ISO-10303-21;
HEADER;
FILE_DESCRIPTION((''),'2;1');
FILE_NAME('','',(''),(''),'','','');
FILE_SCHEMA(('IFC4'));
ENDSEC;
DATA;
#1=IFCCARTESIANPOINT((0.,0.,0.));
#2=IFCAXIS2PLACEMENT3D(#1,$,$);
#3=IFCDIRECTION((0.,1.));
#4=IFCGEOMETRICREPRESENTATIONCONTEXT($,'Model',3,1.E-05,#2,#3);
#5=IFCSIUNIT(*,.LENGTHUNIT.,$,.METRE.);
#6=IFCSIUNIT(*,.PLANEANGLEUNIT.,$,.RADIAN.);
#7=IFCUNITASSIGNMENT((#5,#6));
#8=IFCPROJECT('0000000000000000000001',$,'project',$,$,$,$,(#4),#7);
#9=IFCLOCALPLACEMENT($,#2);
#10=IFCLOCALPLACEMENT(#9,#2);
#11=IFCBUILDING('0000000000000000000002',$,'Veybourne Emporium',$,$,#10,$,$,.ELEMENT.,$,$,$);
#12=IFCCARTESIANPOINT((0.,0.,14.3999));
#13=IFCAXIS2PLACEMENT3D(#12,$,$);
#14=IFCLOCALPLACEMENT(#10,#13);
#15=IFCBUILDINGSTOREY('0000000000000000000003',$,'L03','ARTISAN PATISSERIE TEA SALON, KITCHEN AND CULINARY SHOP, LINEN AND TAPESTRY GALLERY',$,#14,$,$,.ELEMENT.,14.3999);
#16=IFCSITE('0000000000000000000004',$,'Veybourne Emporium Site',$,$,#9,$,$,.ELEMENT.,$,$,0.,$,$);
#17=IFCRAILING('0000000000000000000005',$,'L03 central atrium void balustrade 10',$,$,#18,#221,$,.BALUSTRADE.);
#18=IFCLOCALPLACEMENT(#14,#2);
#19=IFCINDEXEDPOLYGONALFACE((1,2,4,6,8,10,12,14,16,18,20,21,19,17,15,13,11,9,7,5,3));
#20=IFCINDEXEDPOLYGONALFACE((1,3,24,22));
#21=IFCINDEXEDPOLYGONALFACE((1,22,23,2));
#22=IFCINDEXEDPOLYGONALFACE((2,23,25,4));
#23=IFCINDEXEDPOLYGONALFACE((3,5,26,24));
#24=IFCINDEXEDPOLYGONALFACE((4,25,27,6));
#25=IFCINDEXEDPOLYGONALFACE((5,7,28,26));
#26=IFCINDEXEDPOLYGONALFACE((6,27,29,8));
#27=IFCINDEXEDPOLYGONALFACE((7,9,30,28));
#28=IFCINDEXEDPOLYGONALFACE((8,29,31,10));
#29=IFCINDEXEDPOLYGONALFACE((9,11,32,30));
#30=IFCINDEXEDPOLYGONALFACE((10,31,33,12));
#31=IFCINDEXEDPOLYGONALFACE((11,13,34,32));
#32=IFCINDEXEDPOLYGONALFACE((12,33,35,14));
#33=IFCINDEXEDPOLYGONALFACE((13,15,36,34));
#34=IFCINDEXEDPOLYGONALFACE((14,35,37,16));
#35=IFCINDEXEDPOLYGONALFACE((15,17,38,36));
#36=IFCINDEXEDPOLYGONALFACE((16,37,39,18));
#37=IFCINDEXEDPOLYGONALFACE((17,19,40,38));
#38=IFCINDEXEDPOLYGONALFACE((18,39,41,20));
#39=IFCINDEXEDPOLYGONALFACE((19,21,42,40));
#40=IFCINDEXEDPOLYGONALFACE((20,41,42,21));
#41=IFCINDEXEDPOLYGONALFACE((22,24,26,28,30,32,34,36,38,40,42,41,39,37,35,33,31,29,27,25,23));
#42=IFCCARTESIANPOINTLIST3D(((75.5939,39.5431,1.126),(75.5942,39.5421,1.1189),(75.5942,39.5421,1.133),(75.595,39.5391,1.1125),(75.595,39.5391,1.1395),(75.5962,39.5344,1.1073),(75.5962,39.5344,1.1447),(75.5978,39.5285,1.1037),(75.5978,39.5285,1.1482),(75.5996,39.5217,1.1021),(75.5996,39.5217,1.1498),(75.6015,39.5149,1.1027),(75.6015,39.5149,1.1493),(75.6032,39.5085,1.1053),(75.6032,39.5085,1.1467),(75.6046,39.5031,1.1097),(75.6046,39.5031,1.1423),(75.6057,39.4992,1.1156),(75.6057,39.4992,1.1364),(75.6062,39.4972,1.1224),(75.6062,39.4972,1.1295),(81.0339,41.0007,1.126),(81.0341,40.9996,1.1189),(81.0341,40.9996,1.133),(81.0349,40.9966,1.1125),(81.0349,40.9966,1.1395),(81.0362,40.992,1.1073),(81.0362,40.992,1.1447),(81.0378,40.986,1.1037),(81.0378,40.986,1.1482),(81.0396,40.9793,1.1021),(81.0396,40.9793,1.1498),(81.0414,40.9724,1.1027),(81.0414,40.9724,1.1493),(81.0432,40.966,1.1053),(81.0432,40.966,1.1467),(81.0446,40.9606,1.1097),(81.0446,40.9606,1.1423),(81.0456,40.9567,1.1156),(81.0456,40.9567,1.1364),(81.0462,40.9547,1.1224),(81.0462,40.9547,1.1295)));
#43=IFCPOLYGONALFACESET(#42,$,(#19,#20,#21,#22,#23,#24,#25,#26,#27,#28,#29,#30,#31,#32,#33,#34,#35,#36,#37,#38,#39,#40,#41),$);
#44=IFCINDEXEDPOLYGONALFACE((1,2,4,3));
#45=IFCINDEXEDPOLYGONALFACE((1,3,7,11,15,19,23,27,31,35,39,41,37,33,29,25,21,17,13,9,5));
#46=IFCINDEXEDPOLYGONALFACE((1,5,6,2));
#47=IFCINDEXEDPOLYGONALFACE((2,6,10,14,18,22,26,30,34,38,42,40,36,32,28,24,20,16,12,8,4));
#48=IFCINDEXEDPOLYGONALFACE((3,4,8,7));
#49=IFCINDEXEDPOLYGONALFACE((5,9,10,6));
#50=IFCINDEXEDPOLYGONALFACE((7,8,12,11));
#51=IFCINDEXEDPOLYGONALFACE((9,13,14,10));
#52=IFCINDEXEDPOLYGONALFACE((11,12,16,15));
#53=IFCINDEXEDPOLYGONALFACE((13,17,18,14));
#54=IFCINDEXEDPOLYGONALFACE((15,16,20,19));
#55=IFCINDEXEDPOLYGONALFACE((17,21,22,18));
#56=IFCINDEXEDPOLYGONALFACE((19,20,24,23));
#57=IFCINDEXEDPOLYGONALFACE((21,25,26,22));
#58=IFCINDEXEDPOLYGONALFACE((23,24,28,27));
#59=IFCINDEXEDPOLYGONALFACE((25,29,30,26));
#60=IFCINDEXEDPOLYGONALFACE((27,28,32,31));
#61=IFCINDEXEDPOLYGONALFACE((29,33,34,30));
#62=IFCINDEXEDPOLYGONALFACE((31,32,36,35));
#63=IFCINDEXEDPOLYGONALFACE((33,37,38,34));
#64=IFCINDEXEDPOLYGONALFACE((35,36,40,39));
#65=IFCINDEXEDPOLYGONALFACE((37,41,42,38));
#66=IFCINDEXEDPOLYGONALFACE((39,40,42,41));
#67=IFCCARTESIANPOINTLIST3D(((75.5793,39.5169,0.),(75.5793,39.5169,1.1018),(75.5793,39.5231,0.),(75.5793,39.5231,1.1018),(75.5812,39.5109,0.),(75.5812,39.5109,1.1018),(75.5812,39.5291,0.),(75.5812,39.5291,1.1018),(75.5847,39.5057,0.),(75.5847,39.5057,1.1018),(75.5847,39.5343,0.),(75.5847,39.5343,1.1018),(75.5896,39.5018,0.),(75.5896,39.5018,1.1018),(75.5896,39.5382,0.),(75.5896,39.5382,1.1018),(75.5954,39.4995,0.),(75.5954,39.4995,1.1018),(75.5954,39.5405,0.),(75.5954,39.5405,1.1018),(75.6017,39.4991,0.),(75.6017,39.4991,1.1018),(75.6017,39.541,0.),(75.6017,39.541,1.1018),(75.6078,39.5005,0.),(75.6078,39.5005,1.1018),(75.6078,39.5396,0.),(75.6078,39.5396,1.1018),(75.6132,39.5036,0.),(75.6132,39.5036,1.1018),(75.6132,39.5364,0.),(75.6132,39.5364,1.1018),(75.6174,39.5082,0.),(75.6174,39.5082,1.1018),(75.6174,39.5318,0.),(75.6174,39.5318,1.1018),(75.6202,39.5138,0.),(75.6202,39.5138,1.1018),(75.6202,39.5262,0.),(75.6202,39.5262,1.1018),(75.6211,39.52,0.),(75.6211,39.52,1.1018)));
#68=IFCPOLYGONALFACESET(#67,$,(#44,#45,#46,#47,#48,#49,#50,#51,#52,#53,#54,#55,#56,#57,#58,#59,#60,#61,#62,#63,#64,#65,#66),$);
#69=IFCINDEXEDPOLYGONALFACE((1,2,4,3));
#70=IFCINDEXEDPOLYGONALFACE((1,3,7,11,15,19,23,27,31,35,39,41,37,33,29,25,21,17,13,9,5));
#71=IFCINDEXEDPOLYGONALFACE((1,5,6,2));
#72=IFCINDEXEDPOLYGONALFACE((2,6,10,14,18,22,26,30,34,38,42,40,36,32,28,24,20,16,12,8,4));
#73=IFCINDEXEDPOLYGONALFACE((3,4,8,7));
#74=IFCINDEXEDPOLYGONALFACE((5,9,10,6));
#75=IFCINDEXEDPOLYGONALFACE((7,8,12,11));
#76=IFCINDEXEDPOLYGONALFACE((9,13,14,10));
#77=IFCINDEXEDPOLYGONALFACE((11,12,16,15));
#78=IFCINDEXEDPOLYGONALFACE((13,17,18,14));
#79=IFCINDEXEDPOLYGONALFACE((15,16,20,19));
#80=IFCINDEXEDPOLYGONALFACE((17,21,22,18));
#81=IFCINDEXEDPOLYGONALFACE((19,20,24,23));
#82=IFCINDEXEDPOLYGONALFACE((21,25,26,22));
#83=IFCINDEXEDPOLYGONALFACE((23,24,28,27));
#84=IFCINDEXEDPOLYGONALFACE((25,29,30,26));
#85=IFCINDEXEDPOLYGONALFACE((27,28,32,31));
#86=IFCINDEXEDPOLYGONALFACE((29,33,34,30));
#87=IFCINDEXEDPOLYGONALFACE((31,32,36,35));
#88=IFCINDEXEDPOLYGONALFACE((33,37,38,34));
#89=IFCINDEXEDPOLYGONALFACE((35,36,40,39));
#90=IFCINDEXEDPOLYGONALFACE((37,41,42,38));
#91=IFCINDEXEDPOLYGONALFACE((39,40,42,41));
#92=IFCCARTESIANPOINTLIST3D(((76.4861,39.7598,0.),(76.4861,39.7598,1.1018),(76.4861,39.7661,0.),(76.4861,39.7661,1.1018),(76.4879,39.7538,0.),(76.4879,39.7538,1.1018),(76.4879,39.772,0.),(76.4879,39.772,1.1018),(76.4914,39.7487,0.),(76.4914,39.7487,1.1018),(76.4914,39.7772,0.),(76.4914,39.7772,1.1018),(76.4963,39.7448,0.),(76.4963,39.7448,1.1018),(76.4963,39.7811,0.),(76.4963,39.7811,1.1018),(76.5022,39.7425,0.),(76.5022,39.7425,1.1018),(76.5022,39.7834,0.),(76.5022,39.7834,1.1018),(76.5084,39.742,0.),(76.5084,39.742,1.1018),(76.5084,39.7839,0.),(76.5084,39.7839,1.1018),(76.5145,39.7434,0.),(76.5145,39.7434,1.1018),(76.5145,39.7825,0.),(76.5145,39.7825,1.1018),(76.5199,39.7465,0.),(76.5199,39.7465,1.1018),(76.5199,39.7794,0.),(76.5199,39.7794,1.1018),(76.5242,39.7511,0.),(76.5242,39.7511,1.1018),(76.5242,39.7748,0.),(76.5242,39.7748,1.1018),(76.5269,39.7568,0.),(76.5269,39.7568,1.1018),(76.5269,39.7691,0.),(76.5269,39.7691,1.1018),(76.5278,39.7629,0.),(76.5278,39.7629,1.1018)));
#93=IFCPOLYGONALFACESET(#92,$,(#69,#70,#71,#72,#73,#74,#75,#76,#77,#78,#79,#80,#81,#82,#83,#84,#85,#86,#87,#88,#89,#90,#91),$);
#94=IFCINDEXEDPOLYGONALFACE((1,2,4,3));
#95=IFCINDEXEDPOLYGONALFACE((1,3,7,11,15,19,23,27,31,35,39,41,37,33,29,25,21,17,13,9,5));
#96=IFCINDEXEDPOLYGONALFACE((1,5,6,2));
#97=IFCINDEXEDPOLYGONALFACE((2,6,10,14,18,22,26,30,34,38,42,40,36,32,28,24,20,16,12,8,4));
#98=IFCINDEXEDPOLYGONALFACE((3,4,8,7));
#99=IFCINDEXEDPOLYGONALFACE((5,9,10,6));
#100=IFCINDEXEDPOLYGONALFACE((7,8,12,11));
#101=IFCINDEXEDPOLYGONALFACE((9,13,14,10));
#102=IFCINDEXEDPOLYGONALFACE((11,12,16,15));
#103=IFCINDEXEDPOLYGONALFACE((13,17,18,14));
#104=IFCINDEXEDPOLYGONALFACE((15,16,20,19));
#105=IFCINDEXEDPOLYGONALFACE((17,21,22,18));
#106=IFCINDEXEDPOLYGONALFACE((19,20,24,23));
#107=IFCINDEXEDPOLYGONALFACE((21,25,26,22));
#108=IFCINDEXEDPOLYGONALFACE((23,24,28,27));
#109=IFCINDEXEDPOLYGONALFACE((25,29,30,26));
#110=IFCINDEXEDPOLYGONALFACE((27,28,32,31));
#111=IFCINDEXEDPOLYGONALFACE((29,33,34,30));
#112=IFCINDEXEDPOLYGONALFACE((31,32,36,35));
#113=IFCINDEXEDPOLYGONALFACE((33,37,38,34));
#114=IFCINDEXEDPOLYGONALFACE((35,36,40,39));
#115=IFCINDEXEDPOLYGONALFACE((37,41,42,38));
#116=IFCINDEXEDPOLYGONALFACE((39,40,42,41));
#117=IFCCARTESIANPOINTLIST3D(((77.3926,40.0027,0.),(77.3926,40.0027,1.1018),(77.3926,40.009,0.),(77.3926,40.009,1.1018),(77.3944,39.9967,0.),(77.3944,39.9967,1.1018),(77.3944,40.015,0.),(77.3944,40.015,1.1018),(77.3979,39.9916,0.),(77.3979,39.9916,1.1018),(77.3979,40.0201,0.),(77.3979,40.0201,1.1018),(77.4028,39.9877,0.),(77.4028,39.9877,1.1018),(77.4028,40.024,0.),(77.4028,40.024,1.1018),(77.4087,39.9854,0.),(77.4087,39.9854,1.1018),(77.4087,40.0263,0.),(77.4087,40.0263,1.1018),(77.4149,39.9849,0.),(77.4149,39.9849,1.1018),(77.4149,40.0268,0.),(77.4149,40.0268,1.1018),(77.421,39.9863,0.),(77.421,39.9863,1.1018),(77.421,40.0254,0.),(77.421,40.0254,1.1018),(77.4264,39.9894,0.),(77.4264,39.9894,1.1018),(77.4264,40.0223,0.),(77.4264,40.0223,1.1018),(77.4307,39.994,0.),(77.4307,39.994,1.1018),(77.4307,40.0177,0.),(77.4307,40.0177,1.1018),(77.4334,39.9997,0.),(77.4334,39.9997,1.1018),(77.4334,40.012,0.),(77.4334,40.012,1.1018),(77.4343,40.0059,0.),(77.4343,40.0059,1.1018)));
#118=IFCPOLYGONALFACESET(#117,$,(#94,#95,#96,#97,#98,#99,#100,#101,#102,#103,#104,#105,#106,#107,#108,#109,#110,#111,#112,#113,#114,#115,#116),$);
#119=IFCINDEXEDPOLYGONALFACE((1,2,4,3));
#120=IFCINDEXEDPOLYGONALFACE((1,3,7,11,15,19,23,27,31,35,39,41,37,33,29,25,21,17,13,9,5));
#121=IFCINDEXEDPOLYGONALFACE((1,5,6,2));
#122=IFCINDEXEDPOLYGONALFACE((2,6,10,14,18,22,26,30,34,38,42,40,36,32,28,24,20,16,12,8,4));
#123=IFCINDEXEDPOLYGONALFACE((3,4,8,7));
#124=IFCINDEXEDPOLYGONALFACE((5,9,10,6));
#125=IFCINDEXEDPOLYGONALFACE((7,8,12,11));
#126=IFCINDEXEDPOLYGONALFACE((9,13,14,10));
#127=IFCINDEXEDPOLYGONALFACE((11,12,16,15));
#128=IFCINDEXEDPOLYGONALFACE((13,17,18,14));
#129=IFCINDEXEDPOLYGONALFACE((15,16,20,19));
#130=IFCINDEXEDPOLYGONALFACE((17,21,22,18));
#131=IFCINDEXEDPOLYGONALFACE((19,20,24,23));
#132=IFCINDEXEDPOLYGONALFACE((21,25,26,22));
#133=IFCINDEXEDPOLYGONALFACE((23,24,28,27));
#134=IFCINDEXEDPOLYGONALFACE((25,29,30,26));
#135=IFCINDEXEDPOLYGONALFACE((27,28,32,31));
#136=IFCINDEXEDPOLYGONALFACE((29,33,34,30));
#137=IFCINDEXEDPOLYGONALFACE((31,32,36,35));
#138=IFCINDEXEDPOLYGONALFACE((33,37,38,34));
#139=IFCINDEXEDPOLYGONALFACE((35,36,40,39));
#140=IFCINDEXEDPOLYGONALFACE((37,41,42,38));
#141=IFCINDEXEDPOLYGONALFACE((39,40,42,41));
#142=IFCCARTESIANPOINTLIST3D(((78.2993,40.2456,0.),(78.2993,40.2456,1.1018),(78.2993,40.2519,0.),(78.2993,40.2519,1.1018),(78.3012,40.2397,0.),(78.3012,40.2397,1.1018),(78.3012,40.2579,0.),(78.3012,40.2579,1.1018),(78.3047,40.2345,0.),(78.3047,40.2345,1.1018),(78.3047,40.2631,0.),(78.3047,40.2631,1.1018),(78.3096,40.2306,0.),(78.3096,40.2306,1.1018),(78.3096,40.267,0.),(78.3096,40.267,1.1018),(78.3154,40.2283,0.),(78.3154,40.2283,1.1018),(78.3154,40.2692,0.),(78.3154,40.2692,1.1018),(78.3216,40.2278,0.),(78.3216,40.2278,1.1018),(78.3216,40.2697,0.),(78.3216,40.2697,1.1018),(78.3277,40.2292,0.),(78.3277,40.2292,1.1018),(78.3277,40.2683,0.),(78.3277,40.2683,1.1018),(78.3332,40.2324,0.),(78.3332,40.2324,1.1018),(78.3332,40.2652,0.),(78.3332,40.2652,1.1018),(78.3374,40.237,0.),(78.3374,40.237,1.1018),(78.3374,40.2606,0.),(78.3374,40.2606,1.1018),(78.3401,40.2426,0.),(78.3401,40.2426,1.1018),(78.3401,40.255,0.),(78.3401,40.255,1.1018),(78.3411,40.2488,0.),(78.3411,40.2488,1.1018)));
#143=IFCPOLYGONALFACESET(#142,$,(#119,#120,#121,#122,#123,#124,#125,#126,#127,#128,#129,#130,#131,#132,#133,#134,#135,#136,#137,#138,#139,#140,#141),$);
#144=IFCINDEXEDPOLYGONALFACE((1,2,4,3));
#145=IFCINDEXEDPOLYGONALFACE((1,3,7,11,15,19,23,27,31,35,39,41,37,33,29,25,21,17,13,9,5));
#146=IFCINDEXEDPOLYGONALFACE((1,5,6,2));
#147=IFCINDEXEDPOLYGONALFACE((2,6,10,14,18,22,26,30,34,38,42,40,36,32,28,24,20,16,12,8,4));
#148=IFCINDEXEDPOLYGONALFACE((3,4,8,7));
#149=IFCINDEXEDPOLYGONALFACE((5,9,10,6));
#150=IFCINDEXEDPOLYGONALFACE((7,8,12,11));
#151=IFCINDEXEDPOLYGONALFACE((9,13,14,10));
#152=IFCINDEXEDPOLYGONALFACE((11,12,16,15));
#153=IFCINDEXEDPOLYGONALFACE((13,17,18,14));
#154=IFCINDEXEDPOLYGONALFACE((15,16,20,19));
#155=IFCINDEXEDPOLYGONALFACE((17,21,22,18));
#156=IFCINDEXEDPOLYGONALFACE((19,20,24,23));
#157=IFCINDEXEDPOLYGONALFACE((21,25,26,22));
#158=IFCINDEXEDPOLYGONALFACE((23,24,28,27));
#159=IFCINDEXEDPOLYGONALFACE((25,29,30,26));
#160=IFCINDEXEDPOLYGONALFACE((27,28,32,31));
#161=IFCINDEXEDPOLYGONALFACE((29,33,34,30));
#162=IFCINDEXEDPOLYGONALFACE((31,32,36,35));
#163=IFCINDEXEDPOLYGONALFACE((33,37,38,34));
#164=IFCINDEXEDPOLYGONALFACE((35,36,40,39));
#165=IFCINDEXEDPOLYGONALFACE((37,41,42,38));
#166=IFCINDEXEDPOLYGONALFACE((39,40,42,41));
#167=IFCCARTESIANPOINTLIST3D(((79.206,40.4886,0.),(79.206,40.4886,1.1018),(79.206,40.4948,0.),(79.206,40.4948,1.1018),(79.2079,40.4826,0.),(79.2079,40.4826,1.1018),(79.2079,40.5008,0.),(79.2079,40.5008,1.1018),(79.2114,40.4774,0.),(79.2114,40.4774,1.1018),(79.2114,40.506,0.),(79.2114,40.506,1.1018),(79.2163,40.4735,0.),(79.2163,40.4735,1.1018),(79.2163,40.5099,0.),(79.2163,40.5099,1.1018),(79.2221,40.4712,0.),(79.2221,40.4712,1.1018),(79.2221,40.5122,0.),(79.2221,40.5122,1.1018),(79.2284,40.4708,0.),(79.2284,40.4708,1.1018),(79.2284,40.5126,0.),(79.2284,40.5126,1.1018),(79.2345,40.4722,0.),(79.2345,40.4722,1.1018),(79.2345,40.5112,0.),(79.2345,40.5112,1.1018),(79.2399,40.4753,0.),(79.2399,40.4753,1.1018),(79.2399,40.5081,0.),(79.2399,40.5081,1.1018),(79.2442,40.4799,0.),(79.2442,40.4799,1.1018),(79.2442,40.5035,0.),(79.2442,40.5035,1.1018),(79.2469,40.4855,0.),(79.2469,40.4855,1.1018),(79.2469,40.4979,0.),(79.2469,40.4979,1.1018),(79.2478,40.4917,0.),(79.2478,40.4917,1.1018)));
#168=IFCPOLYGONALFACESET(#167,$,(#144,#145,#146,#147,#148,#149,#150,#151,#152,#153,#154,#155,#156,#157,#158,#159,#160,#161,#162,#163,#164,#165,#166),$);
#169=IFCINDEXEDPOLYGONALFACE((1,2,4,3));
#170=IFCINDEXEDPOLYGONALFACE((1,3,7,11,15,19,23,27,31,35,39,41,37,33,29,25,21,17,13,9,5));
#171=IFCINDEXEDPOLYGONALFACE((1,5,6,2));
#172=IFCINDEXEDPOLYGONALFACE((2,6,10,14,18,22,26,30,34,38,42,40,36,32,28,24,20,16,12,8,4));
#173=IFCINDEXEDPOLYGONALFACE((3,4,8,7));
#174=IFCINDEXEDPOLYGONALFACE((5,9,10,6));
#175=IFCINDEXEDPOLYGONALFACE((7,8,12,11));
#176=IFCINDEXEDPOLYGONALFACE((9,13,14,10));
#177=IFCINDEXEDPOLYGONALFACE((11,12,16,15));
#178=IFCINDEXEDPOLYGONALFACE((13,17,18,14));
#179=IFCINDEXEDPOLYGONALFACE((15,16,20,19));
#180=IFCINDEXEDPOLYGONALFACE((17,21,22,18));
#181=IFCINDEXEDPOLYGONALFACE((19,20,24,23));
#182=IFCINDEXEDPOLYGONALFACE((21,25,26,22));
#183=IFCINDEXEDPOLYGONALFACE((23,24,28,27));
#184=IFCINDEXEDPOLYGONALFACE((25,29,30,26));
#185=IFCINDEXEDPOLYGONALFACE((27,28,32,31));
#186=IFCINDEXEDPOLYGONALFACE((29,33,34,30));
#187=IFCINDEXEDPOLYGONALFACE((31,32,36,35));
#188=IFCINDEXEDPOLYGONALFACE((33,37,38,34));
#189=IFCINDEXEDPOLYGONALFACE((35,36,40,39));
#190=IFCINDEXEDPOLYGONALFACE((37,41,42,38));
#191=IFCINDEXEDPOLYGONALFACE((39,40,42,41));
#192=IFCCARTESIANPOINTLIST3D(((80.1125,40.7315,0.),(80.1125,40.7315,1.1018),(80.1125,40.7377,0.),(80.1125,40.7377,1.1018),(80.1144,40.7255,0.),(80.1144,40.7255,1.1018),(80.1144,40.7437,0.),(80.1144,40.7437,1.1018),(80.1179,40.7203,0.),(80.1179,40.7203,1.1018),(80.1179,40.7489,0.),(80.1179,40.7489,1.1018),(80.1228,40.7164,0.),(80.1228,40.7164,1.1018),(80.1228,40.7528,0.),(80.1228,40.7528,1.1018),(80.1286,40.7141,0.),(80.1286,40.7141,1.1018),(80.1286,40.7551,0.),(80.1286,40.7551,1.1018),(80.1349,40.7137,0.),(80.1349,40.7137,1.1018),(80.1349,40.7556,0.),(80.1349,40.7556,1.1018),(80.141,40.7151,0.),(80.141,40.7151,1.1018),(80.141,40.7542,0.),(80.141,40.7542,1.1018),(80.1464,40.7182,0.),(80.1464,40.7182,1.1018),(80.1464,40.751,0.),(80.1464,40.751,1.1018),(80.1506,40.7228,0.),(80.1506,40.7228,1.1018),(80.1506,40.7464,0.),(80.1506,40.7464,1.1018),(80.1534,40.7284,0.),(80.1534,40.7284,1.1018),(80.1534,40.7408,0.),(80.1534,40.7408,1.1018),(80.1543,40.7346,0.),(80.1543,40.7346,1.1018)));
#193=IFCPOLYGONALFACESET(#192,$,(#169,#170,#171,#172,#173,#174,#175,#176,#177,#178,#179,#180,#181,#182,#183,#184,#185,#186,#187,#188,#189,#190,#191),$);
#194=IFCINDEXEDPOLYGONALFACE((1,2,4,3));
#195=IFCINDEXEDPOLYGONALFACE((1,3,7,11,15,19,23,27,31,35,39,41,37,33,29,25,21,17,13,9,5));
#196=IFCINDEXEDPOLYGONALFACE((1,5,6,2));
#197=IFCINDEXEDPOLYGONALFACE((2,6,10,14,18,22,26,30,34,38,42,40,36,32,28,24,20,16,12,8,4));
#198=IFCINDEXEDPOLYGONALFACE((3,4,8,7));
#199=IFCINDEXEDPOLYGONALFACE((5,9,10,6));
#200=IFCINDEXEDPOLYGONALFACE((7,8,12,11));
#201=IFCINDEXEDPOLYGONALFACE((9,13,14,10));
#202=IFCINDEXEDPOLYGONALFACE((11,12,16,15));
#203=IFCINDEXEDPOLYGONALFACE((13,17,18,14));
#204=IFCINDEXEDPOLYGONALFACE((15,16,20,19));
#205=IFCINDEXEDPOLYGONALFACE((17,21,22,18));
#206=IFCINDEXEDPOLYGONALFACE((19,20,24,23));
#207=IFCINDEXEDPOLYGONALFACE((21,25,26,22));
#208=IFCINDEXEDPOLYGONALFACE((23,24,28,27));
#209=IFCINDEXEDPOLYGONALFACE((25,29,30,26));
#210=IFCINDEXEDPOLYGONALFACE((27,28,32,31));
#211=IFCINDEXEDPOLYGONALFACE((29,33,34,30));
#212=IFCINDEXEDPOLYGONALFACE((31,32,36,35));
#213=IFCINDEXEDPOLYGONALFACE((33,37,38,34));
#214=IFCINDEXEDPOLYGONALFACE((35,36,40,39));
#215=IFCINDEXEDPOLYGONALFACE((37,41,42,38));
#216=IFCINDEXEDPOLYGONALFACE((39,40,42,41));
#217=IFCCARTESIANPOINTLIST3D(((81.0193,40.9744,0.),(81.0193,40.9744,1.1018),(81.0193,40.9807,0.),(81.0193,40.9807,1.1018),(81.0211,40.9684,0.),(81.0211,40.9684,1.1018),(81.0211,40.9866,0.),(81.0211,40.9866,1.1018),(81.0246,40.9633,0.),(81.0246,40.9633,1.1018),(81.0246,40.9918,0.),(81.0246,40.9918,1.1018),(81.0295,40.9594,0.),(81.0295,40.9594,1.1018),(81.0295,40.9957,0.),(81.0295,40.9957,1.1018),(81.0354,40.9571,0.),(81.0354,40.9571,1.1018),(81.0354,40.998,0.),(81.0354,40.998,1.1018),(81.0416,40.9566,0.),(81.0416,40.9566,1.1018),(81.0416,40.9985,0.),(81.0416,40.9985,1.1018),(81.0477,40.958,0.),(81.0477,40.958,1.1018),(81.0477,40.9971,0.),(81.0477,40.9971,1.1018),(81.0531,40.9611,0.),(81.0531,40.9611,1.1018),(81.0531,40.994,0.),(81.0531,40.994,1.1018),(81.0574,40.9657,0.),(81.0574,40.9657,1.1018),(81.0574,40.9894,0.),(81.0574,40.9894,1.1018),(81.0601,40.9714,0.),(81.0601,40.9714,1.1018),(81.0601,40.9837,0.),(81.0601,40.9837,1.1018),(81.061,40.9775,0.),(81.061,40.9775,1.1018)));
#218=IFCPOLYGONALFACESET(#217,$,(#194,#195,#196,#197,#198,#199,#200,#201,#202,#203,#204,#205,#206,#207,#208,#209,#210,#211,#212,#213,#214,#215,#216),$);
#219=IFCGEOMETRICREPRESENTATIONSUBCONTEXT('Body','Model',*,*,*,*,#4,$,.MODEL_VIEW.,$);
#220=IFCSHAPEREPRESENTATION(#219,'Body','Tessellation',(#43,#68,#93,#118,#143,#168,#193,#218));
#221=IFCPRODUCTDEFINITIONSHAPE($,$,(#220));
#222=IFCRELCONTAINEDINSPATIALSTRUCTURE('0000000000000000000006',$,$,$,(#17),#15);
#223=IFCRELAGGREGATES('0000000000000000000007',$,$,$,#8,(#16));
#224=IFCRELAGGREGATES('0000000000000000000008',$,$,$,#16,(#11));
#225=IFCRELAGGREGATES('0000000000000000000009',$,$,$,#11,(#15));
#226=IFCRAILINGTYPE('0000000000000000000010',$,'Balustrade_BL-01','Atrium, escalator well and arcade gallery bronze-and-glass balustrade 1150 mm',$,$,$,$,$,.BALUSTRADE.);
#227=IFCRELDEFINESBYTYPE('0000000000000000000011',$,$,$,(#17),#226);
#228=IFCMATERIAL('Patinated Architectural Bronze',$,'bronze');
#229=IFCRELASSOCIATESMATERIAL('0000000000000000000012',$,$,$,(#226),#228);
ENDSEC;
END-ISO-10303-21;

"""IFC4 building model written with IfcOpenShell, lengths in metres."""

from ifc_helpers import new_model, si_unit, direction, frame, origin, origin_2d, place, context, subcontext, project, spatial, circle, extrude, material, type_object, element, save


model = new_model("IFC4")

# Units and contexts
model_context = context("Model", 3, precision=1e-05, world=origin(), true_north=direction((0.0, 1.0)))
body_context = subcontext(model_context, "Body", "Model", "MODEL_VIEW")
ifc_project = project(units=[si_unit("LENGTHUNIT", "METRE"), si_unit("PLANEANGLEUNIT", "RADIAN")], contexts=[model_context])

# Site, building, storey
site_placement = place(None, origin())
site = spatial("IfcSite", under=ifc_project, at=site_placement, Name="Veybourne Emporium Site", CompositionType="ELEMENT", RefElevation=0.0)
building_placement = place(site_placement, origin())
building = spatial("IfcBuilding", under=site, at=building_placement, Name="Veybourne Emporium", CompositionType="ELEMENT")
storey_placement = place(building_placement, frame((0.0, 0.0, 14.3999)))
storey = spatial("IfcBuildingStorey", under=building, at=storey_placement, Name="L03", Description="ARTISAN PATISSERIE TEA SALON, KITCHEN AND CULINARY SHOP, LINEN AND TAPESTRY GALLERY", CompositionType="ELEMENT", Elevation=14.3999)

# Shared definitions
ifc_material_1 = material(Name="Patinated Architectural Bronze", Category="bronze")

# Railing
railing_type = type_object("IfcRailingType", Name="Balustrade_BL-01", Description="Atrium, escalator well and arcade gallery bronze-and-glass balustrade 1150 mm", PredefinedType="BALUSTRADE", material=ifc_material_1)
railing_1_placement = place(storey_placement, frame((75.6001, 39.52, 0.0)))
element("IfcRailing", 1, at=railing_1_placement, inside=storey, type_object=railing_type, Name="L03 central atrium void balustrade 10", PredefinedType="BALUSTRADE", context=body_context, shape_type="SweptSolid", body=[
    extrude(circle(Radius=0.0239, at=origin_2d()), frame((0.0, 0.0, 1.126), z_axis=(0.965931, 0.258801, 0.0), x_axis=(-0.258801, 0.965931, 0.0)), (0.0, 0.0, 1.0), 5.6318),
    extrude(circle(Radius=0.021, at=origin_2d()), origin(), (0.0, 0.0, 1.0), 1.1018),
    extrude(circle(Radius=0.021, at=origin_2d()), frame((0.9067, 0.2429, 0.0)), (0.0, 0.0, 1.0), 1.1018),
    extrude(circle(Radius=0.021, at=origin_2d()), frame((1.8132, 0.4858, 0.0)), (0.0, 0.0, 1.0), 1.1018),
    extrude(circle(Radius=0.021, at=origin_2d()), frame((2.72, 0.7288, 0.0)), (0.0, 0.0, 1.0), 1.1018),
    extrude(circle(Radius=0.021, at=origin_2d()), frame((3.6267, 0.9717, 0.0)), (0.0, 0.0, 1.0), 1.1018),
    extrude(circle(Radius=0.021, at=origin_2d()), frame((4.5332, 1.2146, 0.0)), (0.0, 0.0, 1.0), 1.1018),
    extrude(circle(Radius=0.021, at=origin_2d()), frame((5.4399, 1.4575, 0.0)), (0.0, 0.0, 1.0), 1.1018),
])

save(model, "model.ifc")
